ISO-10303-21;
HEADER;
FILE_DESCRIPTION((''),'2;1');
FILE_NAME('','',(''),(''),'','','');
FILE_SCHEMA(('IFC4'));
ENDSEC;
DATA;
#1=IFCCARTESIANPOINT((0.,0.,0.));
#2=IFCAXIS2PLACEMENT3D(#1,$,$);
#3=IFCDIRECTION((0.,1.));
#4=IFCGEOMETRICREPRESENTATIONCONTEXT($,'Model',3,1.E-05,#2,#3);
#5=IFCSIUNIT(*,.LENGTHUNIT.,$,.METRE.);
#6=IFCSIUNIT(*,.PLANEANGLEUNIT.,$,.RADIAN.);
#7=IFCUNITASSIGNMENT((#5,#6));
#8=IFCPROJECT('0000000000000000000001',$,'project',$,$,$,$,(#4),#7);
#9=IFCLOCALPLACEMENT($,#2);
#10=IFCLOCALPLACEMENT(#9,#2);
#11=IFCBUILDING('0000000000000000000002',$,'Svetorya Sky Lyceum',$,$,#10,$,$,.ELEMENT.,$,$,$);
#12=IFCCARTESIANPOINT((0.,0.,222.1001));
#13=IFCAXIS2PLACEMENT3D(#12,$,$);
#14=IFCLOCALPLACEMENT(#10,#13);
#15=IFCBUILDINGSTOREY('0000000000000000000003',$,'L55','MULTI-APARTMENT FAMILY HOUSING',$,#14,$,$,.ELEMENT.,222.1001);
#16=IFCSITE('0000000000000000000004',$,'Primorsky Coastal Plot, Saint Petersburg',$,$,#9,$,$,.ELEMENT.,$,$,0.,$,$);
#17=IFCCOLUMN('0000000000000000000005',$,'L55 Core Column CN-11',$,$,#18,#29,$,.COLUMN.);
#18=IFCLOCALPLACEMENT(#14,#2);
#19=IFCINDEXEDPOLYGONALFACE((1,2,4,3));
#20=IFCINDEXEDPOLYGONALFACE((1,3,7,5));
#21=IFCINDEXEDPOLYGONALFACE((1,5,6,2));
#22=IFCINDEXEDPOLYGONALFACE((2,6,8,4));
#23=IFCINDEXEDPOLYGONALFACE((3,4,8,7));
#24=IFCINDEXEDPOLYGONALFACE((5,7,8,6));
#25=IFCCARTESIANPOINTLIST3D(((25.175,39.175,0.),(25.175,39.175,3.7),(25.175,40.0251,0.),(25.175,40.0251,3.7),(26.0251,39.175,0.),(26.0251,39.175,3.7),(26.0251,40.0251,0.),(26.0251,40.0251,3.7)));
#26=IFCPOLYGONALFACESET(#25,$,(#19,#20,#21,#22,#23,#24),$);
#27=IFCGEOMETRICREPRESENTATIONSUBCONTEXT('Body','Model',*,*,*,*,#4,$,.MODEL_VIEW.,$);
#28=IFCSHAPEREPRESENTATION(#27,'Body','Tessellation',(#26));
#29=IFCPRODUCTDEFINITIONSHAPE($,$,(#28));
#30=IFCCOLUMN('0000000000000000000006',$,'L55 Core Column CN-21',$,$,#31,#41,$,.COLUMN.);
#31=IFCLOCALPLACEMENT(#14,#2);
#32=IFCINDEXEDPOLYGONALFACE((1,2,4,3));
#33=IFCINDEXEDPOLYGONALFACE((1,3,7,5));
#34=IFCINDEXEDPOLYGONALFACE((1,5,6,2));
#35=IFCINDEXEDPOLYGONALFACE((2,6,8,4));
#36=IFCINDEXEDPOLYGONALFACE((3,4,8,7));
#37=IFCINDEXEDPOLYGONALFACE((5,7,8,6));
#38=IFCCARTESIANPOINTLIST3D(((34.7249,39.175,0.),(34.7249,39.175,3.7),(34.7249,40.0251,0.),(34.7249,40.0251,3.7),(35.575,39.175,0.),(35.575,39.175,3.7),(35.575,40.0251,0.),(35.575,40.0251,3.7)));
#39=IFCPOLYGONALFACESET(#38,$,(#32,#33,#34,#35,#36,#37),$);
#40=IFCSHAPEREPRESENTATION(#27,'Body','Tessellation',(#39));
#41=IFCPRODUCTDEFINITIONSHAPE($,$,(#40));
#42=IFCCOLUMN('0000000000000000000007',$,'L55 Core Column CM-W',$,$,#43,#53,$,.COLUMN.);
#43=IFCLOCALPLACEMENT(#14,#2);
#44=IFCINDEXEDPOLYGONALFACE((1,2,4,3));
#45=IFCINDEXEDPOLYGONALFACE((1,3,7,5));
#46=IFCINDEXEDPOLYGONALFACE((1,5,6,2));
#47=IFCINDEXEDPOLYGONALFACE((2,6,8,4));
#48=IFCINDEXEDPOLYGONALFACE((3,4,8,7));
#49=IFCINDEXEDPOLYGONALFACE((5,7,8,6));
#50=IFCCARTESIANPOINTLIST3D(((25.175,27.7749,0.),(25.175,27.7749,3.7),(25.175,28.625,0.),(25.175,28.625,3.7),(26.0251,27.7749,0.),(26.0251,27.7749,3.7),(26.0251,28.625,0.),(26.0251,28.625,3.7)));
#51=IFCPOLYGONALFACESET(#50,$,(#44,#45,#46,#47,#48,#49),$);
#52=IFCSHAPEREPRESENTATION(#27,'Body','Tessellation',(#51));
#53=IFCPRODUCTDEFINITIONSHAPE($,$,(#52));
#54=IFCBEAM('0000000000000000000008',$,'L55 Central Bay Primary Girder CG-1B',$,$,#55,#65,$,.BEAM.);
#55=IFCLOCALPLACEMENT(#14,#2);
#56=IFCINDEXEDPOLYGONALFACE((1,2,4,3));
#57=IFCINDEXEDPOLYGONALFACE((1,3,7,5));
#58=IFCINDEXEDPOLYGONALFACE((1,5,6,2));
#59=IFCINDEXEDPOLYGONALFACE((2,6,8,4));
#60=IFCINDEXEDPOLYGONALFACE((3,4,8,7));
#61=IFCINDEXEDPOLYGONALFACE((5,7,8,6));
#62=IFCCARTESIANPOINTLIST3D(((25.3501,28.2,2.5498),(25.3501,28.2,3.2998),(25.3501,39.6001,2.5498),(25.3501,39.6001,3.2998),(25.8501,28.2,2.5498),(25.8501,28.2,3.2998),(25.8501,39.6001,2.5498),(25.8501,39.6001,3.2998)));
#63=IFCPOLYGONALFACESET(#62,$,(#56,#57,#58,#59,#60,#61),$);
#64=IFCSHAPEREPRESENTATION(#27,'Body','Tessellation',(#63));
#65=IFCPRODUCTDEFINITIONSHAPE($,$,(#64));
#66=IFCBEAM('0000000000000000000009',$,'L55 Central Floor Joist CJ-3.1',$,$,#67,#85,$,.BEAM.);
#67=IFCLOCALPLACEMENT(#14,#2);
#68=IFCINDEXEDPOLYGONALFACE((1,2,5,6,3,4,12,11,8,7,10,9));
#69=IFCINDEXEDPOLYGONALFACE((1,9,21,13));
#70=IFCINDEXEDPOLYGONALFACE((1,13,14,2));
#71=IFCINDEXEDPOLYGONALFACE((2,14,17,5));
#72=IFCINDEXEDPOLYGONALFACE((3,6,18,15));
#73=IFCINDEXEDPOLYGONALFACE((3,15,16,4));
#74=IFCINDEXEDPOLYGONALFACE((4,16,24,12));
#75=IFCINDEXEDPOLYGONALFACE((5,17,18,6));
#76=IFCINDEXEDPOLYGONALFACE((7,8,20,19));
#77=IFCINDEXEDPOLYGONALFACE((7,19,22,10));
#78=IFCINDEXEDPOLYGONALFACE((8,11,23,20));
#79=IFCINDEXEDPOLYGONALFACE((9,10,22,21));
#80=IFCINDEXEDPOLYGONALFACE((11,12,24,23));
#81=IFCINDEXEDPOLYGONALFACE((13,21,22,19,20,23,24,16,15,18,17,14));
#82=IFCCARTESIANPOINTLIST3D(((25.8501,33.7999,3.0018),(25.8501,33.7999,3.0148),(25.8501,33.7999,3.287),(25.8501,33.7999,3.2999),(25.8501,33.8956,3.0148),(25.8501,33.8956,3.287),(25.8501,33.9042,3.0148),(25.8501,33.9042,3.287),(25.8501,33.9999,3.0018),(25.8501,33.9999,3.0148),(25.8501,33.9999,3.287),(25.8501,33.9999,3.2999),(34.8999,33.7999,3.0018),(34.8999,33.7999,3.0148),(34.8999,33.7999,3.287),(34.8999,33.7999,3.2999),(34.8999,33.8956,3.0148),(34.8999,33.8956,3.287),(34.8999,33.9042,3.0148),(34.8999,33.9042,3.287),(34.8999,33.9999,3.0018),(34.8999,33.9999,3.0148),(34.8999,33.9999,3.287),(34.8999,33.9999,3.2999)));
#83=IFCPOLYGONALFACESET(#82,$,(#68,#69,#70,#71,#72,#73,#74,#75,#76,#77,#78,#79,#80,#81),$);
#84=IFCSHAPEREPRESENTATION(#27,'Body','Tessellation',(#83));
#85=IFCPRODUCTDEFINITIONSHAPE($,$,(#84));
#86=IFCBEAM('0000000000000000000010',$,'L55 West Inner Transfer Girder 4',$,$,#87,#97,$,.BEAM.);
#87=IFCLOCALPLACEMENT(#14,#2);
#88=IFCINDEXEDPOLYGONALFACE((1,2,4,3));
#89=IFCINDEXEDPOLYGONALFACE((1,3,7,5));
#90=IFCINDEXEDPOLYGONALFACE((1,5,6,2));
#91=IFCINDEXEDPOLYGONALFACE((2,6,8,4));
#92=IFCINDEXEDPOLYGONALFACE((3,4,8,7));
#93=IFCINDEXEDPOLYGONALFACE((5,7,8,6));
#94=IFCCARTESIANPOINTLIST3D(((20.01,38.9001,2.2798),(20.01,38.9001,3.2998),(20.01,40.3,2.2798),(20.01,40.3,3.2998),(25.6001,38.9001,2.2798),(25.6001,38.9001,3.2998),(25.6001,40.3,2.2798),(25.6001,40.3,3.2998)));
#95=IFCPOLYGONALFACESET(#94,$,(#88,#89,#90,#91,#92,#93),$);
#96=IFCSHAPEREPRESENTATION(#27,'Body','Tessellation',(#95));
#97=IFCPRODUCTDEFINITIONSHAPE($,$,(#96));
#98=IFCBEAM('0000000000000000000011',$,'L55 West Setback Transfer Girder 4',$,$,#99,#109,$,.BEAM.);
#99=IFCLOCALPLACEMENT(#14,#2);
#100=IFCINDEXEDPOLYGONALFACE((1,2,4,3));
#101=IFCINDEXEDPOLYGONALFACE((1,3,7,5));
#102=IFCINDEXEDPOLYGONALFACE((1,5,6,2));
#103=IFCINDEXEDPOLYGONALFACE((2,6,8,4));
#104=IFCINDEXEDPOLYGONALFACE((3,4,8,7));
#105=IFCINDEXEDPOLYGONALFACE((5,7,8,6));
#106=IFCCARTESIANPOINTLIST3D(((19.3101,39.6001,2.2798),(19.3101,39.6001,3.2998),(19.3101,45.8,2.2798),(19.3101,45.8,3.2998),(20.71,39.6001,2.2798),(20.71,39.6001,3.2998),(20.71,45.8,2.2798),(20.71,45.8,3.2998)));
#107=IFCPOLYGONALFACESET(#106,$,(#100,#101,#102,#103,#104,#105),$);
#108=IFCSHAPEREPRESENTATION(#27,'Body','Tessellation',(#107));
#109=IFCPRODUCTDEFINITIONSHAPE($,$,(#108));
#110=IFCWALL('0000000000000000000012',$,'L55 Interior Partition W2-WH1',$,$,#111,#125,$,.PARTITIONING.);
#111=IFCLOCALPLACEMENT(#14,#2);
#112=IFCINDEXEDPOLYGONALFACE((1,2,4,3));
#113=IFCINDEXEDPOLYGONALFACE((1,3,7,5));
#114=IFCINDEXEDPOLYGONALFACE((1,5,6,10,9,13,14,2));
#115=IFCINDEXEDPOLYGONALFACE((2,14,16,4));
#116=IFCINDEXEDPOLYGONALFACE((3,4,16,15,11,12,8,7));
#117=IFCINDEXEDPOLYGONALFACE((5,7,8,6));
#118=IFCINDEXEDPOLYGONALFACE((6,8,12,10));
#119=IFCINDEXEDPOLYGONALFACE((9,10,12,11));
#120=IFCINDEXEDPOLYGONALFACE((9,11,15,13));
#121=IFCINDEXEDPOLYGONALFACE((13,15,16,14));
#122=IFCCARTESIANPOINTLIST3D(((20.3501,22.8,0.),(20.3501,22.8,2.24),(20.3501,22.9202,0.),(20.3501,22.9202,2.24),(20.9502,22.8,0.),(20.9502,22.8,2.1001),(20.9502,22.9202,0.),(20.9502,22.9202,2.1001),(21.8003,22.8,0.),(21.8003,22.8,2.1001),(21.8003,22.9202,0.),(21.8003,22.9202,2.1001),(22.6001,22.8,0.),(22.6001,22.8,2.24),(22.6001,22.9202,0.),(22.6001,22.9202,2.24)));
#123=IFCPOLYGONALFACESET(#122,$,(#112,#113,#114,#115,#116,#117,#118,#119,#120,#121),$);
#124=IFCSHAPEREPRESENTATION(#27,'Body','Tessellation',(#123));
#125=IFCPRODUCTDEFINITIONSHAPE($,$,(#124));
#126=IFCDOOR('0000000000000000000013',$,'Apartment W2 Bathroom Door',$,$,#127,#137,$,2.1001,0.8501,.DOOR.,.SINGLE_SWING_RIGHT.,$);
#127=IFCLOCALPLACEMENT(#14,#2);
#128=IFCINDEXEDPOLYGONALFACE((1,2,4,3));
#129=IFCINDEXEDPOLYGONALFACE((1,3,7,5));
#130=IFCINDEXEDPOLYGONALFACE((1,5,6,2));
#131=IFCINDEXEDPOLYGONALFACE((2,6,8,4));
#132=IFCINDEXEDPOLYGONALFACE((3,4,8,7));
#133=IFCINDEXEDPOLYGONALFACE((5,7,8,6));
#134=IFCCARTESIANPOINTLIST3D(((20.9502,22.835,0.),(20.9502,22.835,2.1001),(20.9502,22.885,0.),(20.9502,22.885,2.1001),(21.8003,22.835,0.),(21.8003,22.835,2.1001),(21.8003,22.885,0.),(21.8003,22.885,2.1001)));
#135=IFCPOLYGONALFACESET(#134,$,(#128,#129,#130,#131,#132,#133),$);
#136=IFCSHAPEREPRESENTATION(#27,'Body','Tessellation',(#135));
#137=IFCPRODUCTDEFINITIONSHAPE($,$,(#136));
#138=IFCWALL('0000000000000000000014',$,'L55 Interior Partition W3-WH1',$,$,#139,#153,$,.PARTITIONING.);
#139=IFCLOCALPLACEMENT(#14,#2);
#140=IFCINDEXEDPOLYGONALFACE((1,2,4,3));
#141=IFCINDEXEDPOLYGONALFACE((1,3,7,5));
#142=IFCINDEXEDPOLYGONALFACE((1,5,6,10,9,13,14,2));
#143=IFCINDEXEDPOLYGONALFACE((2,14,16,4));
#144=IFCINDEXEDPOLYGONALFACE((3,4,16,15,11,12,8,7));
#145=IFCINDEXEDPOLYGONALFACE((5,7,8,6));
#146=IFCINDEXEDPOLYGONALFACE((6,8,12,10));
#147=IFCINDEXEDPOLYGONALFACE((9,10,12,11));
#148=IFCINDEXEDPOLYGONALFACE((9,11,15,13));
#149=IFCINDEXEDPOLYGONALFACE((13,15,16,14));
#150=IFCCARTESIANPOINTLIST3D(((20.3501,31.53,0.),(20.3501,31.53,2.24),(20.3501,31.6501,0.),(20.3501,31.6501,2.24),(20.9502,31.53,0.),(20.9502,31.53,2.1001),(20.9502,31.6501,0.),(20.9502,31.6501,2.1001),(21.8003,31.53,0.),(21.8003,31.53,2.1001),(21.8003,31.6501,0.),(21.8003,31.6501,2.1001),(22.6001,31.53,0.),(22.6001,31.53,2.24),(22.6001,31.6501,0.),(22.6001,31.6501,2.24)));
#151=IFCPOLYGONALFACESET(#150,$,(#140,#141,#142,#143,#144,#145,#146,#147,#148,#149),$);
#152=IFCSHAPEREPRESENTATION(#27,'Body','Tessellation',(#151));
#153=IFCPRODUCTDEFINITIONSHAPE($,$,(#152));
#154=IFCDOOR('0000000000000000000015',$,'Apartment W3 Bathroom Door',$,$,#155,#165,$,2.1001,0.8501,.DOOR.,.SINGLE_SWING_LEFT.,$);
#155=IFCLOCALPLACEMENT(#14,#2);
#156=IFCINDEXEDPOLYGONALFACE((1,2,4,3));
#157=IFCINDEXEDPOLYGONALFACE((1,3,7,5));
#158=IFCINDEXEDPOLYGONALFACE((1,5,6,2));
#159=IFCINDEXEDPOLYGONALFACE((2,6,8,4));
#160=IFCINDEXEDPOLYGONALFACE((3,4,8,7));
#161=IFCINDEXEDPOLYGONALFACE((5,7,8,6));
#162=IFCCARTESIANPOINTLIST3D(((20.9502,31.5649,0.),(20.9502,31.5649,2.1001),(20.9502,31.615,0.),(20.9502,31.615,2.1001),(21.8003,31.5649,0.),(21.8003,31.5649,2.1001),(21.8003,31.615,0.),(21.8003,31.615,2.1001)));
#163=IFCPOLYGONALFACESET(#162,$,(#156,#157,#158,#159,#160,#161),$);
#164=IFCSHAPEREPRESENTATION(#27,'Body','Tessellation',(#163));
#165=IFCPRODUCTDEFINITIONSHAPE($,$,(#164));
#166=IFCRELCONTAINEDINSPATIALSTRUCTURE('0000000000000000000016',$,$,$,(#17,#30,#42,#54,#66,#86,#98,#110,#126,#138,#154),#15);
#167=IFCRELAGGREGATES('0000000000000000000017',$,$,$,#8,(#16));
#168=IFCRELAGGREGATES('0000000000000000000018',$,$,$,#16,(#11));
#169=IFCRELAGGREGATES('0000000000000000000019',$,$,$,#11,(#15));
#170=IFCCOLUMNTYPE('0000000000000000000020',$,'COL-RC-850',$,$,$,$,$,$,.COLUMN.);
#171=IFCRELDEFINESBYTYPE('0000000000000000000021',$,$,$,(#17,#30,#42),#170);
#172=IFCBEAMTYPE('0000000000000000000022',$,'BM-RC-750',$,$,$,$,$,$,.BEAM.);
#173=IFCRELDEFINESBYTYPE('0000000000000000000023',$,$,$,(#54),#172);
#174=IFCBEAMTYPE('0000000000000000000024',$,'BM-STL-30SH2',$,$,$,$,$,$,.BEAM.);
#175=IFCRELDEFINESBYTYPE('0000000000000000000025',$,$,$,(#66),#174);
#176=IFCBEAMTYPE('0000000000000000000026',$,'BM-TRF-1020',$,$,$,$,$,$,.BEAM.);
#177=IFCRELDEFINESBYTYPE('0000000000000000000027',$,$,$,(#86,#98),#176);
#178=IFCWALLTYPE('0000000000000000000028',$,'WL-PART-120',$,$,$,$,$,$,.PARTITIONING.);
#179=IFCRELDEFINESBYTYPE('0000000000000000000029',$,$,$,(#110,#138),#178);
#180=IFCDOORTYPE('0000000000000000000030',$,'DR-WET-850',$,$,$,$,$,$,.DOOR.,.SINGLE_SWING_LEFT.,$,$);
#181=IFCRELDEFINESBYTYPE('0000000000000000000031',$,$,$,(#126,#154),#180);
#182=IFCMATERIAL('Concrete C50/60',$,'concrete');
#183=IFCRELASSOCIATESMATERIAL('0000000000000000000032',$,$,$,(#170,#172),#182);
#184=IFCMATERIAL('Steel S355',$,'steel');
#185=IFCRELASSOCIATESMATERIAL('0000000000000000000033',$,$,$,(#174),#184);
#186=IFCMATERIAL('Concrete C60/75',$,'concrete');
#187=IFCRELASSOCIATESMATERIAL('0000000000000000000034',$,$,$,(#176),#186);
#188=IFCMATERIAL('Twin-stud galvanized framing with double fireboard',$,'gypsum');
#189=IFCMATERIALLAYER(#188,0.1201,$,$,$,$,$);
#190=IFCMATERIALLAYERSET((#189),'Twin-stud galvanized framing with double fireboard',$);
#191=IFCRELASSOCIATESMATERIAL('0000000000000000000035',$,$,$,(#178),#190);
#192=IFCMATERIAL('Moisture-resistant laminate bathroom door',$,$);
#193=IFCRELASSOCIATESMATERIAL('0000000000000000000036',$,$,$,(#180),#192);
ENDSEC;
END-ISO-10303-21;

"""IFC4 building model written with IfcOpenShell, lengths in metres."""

from ifc_helpers import new_model, si_unit, direction, frame, frame_2d, origin, origin_2d, place, context, subcontext, project, spatial, rectangle, i_section, extrude, material, layer, layer_set, material_profile, profile_set, type_object, element, fill, save


model = new_model("IFC4")

# Units and contexts
model_context = context("Model", 3, precision=1e-05, world=origin(), true_north=direction((0.0, 1.0)))
body_context = subcontext(model_context, "Body", "Model", "MODEL_VIEW")
ifc_project = project(units=[si_unit("LENGTHUNIT", "METRE"), si_unit("PLANEANGLEUNIT", "RADIAN")], contexts=[model_context])

# Site, building, storey
site_placement = place(None, origin())
site = spatial("IfcSite", under=ifc_project, at=site_placement, Name="Primorsky Coastal Plot, Saint Petersburg", CompositionType="ELEMENT", RefElevation=0.0)
building_placement = place(site_placement, origin())
building = spatial("IfcBuilding", under=site, at=building_placement, Name="Svetorya Sky Lyceum", CompositionType="ELEMENT")
storey_placement = place(building_placement, frame((0.0, 0.0, 222.1001)))
storey = spatial("IfcBuildingStorey", under=building, at=storey_placement, Name="L55", Description="MULTI-APARTMENT FAMILY HOUSING", CompositionType="ELEMENT", Elevation=222.1001)

# Columns
ifc_material_1 = material(Name="Concrete C50/60", Category="concrete")
ifc_material_profile_1 = material_profile(ifc_material_1, rectangle(XDim=0.8501, YDim=0.8501, at=origin_2d()), Name="RC COL 850x850")
ifc_profile_set_1 = profile_set([ifc_material_profile_1], Name="Concrete C50/60")
column_type = type_object("IfcColumnType", Name="COL-RC-850", PredefinedType="COLUMN", material=ifc_profile_set_1)
for number, where, z_axis, x_axis, name in (
    (1, (25.6001, 39.6001, 0.0), (0.0, 0.0, 1.0), (1.0, 0.0, 0.0), "L55 Core Column CN-11"),
    (2, (35.1499, 39.6001, 0.0), (0.0, 0.0, 1.0), (1.0, 0.0, 0.0), "L55 Core Column CN-21"),
    (3, (25.6001, 28.2, 0.0), (0.0, 0.0, 1.0), (1.0, 0.0, 0.0), "L55 Core Column CM-W"),
):
    element("IfcColumn", number, at=place(storey_placement, frame(where, z_axis=z_axis, x_axis=x_axis)), inside=storey, type_object=column_type, Name=name, PredefinedType="COLUMN", context=body_context, shape_type="SweptSolid", body=[
        extrude(rectangle(XDim=0.8501, YDim=0.8501, at=origin_2d()), origin(), (0.0, 0.0, 1.0), 3.7),
    ])

# Beams
ifc_material_profile_2 = material_profile(ifc_material_1, rectangle(XDim=0.5, YDim=0.75, at=origin_2d()), Name="RC BEAM 500x750")
ifc_profile_set_2 = profile_set([ifc_material_profile_2], Name="Concrete C50/60")
beam_type_1 = type_object("IfcBeamType", Name="BM-RC-750", PredefinedType="BEAM", material=ifc_profile_set_2)
beam_1_placement = place(storey_placement, frame((25.6001, 28.2, 2.9248), z_axis=(0.0, 1.0, 0.0), x_axis=(-1.0, 0.0, 0.0)))
element("IfcBeam", 4, at=beam_1_placement, inside=storey, type_object=beam_type_1, Name="L55 Central Bay Primary Girder CG-1B", PredefinedType="BEAM", context=body_context, shape_type="SweptSolid", body=[
    extrude(rectangle(XDim=0.5, YDim=0.75, at=origin_2d()), origin(), (0.0, 0.0, 1.0), 11.4001),
])
ifc_material_2 = material(Name="Steel S355", Category="steel")
ifc_material_profile_3 = material_profile(ifc_material_2, i_section(OverallWidth=0.2, OverallDepth=0.2981, WebThickness=0.0085, FlangeThickness=0.0129, at=origin_2d()), Name="GOST 30Sh2")
ifc_profile_set_3 = profile_set([ifc_material_profile_3], Name="Steel S355")
beam_type_2 = type_object("IfcBeamType", Name="BM-STL-30SH2", PredefinedType="BEAM", material=ifc_profile_set_3)
beam_2_placement = place(storey_placement, frame((25.8501, 33.8999, 3.1509), z_axis=(1.0, 0.0, 0.0), x_axis=(0.0, 1.0, 0.0)))
element("IfcBeam", 5, at=beam_2_placement, inside=storey, type_object=beam_type_2, Name="L55 Central Floor Joist CJ-3.1", PredefinedType="BEAM", context=body_context, shape_type="SweptSolid", body=[
    extrude(i_section(OverallWidth=0.2, OverallDepth=0.2981, WebThickness=0.0085, FlangeThickness=0.0129, at=origin_2d()), origin(), (0.0, 0.0, 1.0), 9.0498),
])
ifc_material_3 = material(Name="Concrete C60/75", Category="concrete")
ifc_material_profile_4 = material_profile(ifc_material_3, rectangle(XDim=1.3999, YDim=1.02, at=origin_2d()), Name="RC TRANSFER 1400x1020")
ifc_profile_set_4 = profile_set([ifc_material_profile_4], Name="Concrete C60/75")
beam_type_3 = type_object("IfcBeamType", Name="BM-TRF-1020", PredefinedType="BEAM", material=ifc_profile_set_4)
beam_3_placement = place(storey_placement, frame((20.01, 39.6001, 2.7898), z_axis=(1.0, 0.0, 0.0), x_axis=(0.0, 1.0, 0.0)))
element("IfcBeam", 6, at=beam_3_placement, inside=storey, type_object=beam_type_3, Name="L55 West Inner Transfer Girder 4", PredefinedType="BEAM", context=body_context, shape_type="SweptSolid", body=[
    extrude(rectangle(XDim=1.3999, YDim=1.02, at=origin_2d()), origin(), (0.0, 0.0, 1.0), 5.5901),
])
beam_4_placement = place(storey_placement, frame((20.01, 39.6001, 2.7898), z_axis=(0.0, 1.0, 0.0), x_axis=(-1.0, 0.0, 0.0)))
element("IfcBeam", 7, at=beam_4_placement, inside=storey, type_object=beam_type_3, Name="L55 West Setback Transfer Girder 4", PredefinedType="BEAM", context=body_context, shape_type="SweptSolid", body=[
    extrude(rectangle(XDim=1.3999, YDim=1.02, at=origin_2d()), origin(), (0.0, 0.0, 1.0), 6.2),
])

# Walls, openings, doors
ifc_material_4 = material(Name="Twin-stud galvanized framing with double fireboard", Category="gypsum")
ifc_layer_1 = layer(ifc_material_4, 0.1201)
ifc_layer_set_1 = layer_set([ifc_layer_1], Name="Twin-stud galvanized framing with double fireboard")
wall_type_1 = type_object("IfcWallType", Name="WL-PART-120", PredefinedType="PARTITIONING", material=ifc_layer_set_1)
wall_1_placement = place(storey_placement, frame((20.3501, 22.8601, 0.0), z_axis=(0.0, 0.0, 1.0), x_axis=(1.0, 0.0, 0.0)))
wall_1 = element("IfcWall", 8, at=wall_1_placement, inside=storey, type_object=wall_type_1, Name="L55 Interior Partition W2-WH1", PredefinedType="PARTITIONING", context=body_context, shape_type="SweptSolid", body=[
    extrude(rectangle(XDim=2.25, YDim=0.1201, at=frame_2d((1.125, 0.0))), origin(), (0.0, 0.0, 1.0), 2.24),
])
opening_1_placement = place(wall_1_placement, frame((0.6001, 0.0, 0.0)))
opening_1 = element("IfcOpeningElement", 9, at=opening_1_placement, cuts=wall_1, PredefinedType="OPENING", context=body_context, shape_type="SweptSolid", body=[
    extrude(rectangle(XDim=0.8501, YDim=2.1001, at=frame_2d((0.425, 1.05))), frame((0.0, 0.0701, 0.0), z_axis=(0.0, -1.0, 0.0), x_axis=(1.0, 0.0, 0.0)), (0.0, 0.0, 1.0), 0.1401),
])
ifc_material_5 = material(Name="Moisture-resistant laminate bathroom door")
door_type_1 = type_object("IfcDoorType", Name="DR-WET-850", OperationType="SINGLE_SWING_LEFT", PredefinedType="DOOR", material=ifc_material_5)
door_1_placement = place(opening_1_placement, origin())
door_1 = element("IfcDoor", 10, at=door_1_placement, inside=storey, type_object=door_type_1, Name="Apartment W2 Bathroom Door", OperationType="SINGLE_SWING_RIGHT", OverallHeight=2.1001, OverallWidth=0.8501, PredefinedType="DOOR", context=body_context, shape_type="SweptSolid", body=[
    extrude(rectangle(XDim=0.8501, YDim=2.1001, at=frame_2d((0.425, 1.05))), frame((0.0, 0.0249, 0.0), z_axis=(0.0, -1.0, 0.0), x_axis=(1.0, 0.0, 0.0)), (0.0, 0.0, 1.0), 0.05),
])
fill(opening_1, door_1)
wall_2_placement = place(storey_placement, frame((20.3501, 31.5901, 0.0), z_axis=(0.0, 0.0, 1.0), x_axis=(1.0, 0.0, 0.0)))
wall_2 = element("IfcWall", 11, at=wall_2_placement, inside=storey, type_object=wall_type_1, Name="L55 Interior Partition W3-WH1", PredefinedType="PARTITIONING", context=body_context, shape_type="SweptSolid", body=[
    extrude(rectangle(XDim=2.25, YDim=0.1201, at=frame_2d((1.125, 0.0))), origin(), (0.0, 0.0, 1.0), 2.24),
])
opening_2_placement = place(wall_2_placement, frame((0.6001, 0.0, 0.0)))
opening_2 = element("IfcOpeningElement", 12, at=opening_2_placement, cuts=wall_2, PredefinedType="OPENING", context=body_context, shape_type="SweptSolid", body=[
    extrude(rectangle(XDim=0.8501, YDim=2.1001, at=frame_2d((0.425, 1.05))), frame((0.0, 0.0701, 0.0), z_axis=(0.0, -1.0, 0.0), x_axis=(1.0, 0.0, 0.0)), (0.0, 0.0, 1.0), 0.1401),
])
door_2_placement = place(opening_2_placement, origin())
door_2 = element("IfcDoor", 13, at=door_2_placement, inside=storey, type_object=door_type_1, Name="Apartment W3 Bathroom Door", OperationType="SINGLE_SWING_LEFT", OverallHeight=2.1001, OverallWidth=0.8501, PredefinedType="DOOR", context=body_context, shape_type="SweptSolid", body=[
    extrude(rectangle(XDim=0.8501, YDim=2.1001, at=frame_2d((0.425, 1.05))), frame((0.0, 0.0249, 0.0), z_axis=(0.0, -1.0, 0.0), x_axis=(1.0, 0.0, 0.0)), (0.0, 0.0, 1.0), 0.05),
])
fill(opening_2, door_2)

save(model, "model.ifc")
